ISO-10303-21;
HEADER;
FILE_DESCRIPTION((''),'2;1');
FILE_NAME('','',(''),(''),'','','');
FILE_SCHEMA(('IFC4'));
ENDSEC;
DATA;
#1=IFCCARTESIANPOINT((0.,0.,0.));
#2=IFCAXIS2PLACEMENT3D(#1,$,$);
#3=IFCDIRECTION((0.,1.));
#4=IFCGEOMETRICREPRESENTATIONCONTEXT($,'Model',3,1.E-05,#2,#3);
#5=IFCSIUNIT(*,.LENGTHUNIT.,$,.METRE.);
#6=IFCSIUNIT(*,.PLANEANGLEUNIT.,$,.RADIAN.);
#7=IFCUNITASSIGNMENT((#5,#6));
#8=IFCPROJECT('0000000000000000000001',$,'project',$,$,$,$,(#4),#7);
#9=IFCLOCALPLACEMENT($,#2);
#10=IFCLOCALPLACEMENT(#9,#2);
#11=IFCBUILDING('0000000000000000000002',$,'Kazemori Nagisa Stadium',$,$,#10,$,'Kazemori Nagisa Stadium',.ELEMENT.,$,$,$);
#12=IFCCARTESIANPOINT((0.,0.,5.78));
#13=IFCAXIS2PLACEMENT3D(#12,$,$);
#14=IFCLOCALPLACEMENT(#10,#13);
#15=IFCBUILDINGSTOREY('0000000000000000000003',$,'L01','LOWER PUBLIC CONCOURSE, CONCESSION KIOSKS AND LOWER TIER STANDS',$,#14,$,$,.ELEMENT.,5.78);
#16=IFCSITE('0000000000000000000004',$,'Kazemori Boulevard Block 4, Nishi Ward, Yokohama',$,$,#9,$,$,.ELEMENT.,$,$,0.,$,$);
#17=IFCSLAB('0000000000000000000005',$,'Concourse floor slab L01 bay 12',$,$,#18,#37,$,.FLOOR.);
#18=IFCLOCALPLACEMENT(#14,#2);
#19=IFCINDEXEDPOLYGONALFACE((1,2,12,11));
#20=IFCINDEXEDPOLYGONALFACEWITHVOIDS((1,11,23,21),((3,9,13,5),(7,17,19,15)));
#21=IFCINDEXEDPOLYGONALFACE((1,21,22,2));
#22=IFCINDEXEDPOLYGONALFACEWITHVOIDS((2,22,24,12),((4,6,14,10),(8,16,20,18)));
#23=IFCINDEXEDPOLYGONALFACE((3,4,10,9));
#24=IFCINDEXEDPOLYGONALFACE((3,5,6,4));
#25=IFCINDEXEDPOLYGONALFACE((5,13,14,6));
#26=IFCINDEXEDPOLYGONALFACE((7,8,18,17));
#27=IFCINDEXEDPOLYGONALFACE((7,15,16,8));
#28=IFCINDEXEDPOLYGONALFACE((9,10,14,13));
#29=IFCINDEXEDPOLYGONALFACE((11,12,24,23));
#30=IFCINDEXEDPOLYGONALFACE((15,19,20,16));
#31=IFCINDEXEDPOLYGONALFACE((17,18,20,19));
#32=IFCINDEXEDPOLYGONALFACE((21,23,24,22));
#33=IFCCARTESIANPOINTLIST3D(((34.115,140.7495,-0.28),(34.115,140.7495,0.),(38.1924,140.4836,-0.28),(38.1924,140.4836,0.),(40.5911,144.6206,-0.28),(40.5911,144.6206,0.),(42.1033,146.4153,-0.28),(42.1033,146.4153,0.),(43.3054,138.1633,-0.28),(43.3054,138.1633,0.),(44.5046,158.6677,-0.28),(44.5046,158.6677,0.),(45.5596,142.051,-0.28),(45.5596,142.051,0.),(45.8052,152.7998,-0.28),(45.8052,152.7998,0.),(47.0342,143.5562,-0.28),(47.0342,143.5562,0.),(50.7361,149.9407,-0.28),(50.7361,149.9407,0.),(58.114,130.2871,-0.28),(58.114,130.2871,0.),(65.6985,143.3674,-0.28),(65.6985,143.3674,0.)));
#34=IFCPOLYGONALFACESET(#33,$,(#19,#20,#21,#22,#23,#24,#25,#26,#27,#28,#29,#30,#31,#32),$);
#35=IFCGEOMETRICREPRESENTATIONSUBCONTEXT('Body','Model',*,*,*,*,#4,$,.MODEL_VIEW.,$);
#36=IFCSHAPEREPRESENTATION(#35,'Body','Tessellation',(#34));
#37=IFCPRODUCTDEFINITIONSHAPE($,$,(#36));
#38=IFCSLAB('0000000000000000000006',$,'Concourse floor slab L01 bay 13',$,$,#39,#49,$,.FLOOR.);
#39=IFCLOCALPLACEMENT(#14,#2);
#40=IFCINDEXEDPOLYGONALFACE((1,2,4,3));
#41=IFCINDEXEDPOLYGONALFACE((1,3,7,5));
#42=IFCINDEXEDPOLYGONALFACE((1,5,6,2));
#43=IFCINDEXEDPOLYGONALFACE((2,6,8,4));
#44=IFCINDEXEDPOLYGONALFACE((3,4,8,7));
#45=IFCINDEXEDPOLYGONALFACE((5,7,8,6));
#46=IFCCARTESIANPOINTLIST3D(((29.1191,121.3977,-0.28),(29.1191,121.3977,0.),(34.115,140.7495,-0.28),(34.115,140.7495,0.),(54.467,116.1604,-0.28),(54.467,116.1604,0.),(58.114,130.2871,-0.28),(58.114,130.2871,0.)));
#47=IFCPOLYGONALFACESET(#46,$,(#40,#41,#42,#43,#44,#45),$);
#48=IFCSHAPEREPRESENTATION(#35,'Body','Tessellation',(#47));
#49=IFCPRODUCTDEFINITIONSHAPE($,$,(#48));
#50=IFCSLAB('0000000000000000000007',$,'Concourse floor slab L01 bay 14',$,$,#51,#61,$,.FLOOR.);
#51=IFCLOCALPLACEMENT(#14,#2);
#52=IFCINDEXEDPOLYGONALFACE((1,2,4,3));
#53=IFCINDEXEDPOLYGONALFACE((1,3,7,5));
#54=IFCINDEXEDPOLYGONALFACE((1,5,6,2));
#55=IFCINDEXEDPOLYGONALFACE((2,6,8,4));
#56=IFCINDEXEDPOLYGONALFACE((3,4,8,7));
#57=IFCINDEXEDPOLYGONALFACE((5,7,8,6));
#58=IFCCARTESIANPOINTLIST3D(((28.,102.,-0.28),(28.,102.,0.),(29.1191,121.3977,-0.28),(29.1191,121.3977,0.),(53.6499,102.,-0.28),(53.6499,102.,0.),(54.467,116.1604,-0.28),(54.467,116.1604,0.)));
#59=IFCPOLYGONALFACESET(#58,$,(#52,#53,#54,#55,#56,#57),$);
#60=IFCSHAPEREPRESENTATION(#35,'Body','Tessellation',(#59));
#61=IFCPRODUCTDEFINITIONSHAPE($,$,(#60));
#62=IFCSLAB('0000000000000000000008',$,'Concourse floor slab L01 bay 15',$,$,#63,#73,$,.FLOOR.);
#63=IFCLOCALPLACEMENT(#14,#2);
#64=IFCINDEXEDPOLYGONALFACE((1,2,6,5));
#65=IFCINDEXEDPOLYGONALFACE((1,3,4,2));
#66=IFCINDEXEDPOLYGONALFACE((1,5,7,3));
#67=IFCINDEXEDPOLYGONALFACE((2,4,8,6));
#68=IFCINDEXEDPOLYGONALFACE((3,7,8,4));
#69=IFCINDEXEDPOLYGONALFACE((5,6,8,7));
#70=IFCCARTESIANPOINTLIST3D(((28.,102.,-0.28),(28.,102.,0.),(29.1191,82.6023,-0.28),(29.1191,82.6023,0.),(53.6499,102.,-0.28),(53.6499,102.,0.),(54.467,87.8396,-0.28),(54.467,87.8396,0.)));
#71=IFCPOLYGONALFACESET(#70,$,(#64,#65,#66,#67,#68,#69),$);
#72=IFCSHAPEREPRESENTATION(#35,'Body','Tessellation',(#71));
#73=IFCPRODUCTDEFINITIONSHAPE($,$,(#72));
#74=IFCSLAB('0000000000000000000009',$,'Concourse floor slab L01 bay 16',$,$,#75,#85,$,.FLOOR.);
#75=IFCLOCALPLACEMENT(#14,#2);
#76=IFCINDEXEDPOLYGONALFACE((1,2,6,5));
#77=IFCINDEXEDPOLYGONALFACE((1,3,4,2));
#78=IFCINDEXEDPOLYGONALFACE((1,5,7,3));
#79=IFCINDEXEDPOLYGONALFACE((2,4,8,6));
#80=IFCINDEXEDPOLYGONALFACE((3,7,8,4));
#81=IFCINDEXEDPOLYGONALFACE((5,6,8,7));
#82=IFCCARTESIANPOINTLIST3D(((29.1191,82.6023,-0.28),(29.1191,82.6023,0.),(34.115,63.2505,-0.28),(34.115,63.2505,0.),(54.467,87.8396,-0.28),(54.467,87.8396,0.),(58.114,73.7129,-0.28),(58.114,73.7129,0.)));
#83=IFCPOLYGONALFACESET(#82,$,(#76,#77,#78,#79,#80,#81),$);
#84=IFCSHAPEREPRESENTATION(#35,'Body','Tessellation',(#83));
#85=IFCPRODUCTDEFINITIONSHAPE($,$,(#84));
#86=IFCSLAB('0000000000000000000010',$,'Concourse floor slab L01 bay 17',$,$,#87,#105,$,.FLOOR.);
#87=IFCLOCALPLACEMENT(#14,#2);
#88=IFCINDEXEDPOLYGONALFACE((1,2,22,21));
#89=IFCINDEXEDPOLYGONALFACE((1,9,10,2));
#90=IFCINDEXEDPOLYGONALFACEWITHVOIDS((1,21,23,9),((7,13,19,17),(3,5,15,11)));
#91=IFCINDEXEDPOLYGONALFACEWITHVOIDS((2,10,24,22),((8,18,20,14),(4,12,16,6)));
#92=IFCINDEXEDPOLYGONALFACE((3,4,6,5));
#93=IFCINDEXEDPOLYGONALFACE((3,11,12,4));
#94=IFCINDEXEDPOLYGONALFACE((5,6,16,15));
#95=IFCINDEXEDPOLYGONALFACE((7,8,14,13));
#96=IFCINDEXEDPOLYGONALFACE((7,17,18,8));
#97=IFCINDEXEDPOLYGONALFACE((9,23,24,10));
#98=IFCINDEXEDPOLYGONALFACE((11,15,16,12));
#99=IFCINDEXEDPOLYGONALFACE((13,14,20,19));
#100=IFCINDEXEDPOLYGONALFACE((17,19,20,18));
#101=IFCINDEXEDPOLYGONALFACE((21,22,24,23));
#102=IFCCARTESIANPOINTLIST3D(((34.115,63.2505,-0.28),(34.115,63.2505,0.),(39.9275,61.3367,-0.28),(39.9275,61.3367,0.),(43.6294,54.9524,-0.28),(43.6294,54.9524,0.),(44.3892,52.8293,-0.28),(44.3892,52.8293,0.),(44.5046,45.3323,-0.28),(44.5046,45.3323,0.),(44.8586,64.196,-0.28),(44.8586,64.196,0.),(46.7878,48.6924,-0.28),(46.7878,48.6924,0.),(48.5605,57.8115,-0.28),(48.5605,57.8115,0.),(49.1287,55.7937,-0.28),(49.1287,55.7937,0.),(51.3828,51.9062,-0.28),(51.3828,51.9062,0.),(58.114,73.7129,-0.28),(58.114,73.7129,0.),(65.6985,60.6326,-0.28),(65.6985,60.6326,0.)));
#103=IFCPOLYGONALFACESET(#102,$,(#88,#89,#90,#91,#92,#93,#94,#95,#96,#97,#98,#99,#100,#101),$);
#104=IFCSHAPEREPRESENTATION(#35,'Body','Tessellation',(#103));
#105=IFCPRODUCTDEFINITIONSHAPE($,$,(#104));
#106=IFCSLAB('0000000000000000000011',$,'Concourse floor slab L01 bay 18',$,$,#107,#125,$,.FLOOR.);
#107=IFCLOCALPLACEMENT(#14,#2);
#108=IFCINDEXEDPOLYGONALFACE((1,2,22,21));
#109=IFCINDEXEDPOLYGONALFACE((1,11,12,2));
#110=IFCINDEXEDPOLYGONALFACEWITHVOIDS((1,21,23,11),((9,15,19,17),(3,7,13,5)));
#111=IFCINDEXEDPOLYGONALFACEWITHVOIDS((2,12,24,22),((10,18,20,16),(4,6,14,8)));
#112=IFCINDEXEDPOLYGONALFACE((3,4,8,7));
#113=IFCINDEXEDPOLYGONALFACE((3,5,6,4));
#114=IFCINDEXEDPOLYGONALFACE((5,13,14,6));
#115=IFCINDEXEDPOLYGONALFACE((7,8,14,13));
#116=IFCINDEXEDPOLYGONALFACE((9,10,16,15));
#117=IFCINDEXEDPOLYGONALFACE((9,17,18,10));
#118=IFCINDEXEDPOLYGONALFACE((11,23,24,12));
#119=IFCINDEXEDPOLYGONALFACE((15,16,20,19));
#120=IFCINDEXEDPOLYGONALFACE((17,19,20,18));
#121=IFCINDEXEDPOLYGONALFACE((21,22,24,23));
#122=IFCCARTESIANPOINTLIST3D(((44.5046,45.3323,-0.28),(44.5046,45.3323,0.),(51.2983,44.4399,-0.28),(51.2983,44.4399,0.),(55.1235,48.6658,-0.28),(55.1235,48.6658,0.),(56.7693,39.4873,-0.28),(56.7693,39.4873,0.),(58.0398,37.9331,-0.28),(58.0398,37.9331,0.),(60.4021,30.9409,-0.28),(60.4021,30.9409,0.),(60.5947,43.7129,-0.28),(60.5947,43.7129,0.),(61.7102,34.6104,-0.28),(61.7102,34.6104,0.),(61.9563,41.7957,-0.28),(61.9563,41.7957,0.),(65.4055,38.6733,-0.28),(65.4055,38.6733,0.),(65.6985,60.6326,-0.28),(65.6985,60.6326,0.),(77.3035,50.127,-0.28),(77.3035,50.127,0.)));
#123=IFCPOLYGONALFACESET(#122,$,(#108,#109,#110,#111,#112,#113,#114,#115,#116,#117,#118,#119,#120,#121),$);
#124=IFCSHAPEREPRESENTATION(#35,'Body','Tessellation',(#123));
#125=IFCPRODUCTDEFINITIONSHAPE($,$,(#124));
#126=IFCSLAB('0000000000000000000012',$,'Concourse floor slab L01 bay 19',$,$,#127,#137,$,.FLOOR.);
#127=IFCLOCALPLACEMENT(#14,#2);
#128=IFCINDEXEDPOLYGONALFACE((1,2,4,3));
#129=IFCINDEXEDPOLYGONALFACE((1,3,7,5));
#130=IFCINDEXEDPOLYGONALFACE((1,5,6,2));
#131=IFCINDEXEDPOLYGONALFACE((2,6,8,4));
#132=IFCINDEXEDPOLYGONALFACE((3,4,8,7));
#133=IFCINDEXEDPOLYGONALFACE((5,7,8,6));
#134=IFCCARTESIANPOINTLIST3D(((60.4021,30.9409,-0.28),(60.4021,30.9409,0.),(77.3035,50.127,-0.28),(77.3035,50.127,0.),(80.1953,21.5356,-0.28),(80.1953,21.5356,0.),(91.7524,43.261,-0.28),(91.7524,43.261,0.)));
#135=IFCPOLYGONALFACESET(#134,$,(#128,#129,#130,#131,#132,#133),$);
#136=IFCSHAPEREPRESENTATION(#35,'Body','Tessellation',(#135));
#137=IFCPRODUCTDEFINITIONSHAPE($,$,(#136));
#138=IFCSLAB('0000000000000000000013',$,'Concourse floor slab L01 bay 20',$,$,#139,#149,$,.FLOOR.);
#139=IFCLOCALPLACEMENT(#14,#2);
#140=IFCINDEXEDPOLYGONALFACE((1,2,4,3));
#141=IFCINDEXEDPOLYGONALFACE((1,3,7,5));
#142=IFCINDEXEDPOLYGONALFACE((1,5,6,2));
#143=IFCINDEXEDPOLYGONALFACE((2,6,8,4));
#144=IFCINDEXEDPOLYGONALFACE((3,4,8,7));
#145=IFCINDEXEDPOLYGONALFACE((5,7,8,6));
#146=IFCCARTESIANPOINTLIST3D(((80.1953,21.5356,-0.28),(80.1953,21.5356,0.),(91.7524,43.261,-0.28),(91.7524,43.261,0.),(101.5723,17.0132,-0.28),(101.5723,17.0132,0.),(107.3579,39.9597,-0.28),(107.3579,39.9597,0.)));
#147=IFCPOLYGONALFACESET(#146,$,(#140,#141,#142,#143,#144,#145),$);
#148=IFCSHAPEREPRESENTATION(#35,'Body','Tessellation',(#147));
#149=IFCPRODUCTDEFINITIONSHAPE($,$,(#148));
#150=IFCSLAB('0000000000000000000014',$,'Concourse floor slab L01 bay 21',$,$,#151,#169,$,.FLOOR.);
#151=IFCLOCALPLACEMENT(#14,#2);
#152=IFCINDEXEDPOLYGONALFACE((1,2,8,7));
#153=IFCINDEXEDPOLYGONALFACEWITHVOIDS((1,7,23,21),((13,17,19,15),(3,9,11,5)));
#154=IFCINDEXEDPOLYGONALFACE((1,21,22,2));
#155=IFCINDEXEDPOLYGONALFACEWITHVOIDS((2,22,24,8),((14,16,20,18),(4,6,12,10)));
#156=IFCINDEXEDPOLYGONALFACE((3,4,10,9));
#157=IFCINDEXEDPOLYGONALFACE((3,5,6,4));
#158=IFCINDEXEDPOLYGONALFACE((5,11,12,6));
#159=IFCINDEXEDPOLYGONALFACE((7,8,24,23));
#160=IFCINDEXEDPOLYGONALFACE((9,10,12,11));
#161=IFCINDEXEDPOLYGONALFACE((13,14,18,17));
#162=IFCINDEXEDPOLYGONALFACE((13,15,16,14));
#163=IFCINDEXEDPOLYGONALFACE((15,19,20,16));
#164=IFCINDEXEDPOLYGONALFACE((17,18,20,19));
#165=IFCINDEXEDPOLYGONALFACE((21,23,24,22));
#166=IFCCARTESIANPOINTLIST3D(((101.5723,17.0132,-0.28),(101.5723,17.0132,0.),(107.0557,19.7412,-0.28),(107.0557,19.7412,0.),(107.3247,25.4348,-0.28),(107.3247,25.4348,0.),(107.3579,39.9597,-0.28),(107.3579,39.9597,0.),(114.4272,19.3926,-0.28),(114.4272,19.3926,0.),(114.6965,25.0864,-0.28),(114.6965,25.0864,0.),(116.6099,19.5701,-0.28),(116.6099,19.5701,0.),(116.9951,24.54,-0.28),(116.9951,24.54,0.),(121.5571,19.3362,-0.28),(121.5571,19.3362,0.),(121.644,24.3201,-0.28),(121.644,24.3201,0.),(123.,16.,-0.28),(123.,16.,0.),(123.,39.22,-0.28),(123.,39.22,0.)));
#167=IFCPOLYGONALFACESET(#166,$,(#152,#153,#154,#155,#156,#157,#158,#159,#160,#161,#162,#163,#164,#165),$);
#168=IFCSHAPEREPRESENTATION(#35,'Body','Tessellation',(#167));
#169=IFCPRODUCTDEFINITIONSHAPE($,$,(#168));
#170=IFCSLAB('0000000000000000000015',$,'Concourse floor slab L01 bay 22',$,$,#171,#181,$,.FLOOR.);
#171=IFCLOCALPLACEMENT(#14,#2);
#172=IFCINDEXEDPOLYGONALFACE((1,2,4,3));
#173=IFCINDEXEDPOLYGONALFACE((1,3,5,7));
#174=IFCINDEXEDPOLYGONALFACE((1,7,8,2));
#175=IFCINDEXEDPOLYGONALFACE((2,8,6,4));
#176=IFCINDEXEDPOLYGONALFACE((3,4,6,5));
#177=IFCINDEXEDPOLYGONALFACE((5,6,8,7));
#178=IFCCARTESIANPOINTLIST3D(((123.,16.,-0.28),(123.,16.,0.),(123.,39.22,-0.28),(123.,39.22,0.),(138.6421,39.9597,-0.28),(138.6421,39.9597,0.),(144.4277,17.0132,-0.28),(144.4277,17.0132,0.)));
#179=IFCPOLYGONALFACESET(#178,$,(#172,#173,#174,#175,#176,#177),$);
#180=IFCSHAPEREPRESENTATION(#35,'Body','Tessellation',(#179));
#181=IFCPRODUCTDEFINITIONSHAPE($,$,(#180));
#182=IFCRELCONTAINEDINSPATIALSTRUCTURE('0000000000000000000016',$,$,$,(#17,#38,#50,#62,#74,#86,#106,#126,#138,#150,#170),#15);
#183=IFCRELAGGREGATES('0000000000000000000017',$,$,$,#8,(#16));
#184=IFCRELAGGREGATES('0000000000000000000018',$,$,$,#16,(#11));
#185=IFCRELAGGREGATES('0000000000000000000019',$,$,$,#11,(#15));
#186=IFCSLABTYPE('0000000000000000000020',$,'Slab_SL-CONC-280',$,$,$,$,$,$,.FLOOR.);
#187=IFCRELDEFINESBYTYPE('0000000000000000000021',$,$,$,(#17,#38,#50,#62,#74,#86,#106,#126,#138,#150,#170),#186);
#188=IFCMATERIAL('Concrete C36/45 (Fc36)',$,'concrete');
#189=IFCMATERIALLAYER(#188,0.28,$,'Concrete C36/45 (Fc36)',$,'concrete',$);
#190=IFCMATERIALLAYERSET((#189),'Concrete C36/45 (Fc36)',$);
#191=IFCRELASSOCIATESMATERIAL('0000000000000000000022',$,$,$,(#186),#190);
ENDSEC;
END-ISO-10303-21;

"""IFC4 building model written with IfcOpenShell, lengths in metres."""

from ifc_helpers import new_model, si_unit, direction, frame, origin, place, context, subcontext, project, spatial, polyline, outline, extrude, material, layer, layer_set, type_object, element, save


model = new_model("IFC4")

# Units and contexts
model_context = context("Model", 3, precision=1e-05, world=origin(), true_north=direction((0.0, 1.0)))
body_context = subcontext(model_context, "Body", "Model", "MODEL_VIEW")
ifc_project = project(units=[si_unit("LENGTHUNIT", "METRE"), si_unit("PLANEANGLEUNIT", "RADIAN")], contexts=[model_context])

# Site, building, storey
site_placement = place(None, origin())
site = spatial("IfcSite", under=ifc_project, at=site_placement, Name="Kazemori Boulevard Block 4, Nishi Ward, Yokohama", CompositionType="ELEMENT", RefElevation=0.0)
building_placement = place(site_placement, origin())
building = spatial("IfcBuilding", under=site, at=building_placement, Name="Kazemori Nagisa Stadium", LongName="Kazemori Nagisa Stadium", CompositionType="ELEMENT")
storey_placement = place(building_placement, frame((0.0, 0.0, 5.78)))
storey = spatial("IfcBuildingStorey", under=building, at=storey_placement, Name="L01", Description="LOWER PUBLIC CONCOURSE, CONCESSION KIOSKS AND LOWER TIER STANDS", CompositionType="ELEMENT", Elevation=5.78)

# Slabs
ifc_material = material(Name="Concrete C36/45 (Fc36)", Category="concrete")
ifc_layer_1 = layer(ifc_material, 0.28, Name="Concrete C36/45 (Fc36)", Category="concrete")
ifc_layer_set_1 = layer_set([ifc_layer_1], Name="Concrete C36/45 (Fc36)")
slab_type_1 = type_object("IfcSlabType", Name="Slab_SL-CONC-280", PredefinedType="FLOOR", material=ifc_layer_set_1)
slab_1_placement = place(storey_placement, frame((0.0, 0.0, -0.28)))
element("IfcSlab", 1, at=slab_1_placement, inside=storey, type_object=slab_type_1, Name="Concourse floor slab L01 bay 12", PredefinedType="FLOOR", context=body_context, shape_type="SweptSolid", body=[
    extrude(outline(polyline([(65.6985, 143.3674), (58.114, 130.2871), (34.115, 140.7495), (44.5046, 158.6677), (65.6985, 143.3674)]), holes=[polyline([(50.7361, 149.9407), (47.0342, 143.5562), (42.1033, 146.4153), (45.8052, 152.7998), (50.7361, 149.9407)]), polyline([(45.5596, 142.051), (43.3054, 138.1633), (38.1924, 140.4836), (40.5911, 144.6206), (45.5596, 142.051)])]), origin(), (0.0, 0.0, 1.0), 0.28),
])
slab_2_placement = place(storey_placement, frame((0.0, 0.0, -0.28)))
element("IfcSlab", 2, at=slab_2_placement, inside=storey, type_object=slab_type_1, Name="Concourse floor slab L01 bay 13", PredefinedType="FLOOR", context=body_context, shape_type="SweptSolid", body=[
    extrude(outline(polyline([(58.114, 130.2871), (54.467, 116.1604), (29.1191, 121.3977), (34.115, 140.7495), (58.114, 130.2871)])), origin(), (0.0, 0.0, 1.0), 0.28),
])
slab_3_placement = place(storey_placement, frame((0.0, 0.0, -0.28)))
element("IfcSlab", 3, at=slab_3_placement, inside=storey, type_object=slab_type_1, Name="Concourse floor slab L01 bay 14", PredefinedType="FLOOR", context=body_context, shape_type="SweptSolid", body=[
    extrude(outline(polyline([(54.467, 116.1604), (53.6499, 102.0), (28.0, 102.0), (29.1191, 121.3977), (54.467, 116.1604)])), origin(), (0.0, 0.0, 1.0), 0.28),
])
slab_4_placement = place(storey_placement, frame((0.0, 0.0, -0.28)))
element("IfcSlab", 4, at=slab_4_placement, inside=storey, type_object=slab_type_1, Name="Concourse floor slab L01 bay 15", PredefinedType="FLOOR", context=body_context, shape_type="SweptSolid", body=[
    extrude(outline(polyline([(53.6499, 102.0), (54.467, 87.8396), (29.1191, 82.6023), (28.0, 102.0), (53.6499, 102.0)])), origin(), (0.0, 0.0, 1.0), 0.28),
])
slab_5_placement = place(storey_placement, frame((0.0, 0.0, -0.28)))
element("IfcSlab", 5, at=slab_5_placement, inside=storey, type_object=slab_type_1, Name="Concourse floor slab L01 bay 16", PredefinedType="FLOOR", context=body_context, shape_type="SweptSolid", body=[
    extrude(outline(polyline([(54.467, 87.8396), (58.114, 73.7129), (34.115, 63.2505), (29.1191, 82.6023), (54.467, 87.8396)])), origin(), (0.0, 0.0, 1.0), 0.28),
])
slab_6_placement = place(storey_placement, frame((0.0, 0.0, -0.28)))
element("IfcSlab", 6, at=slab_6_placement, inside=storey, type_object=slab_type_1, Name="Concourse floor slab L01 bay 17", PredefinedType="FLOOR", context=body_context, shape_type="SweptSolid", body=[
    extrude(outline(polyline([(58.114, 73.7129), (65.6985, 60.6326), (44.5046, 45.3323), (34.115, 63.2505), (58.114, 73.7129)]), holes=[polyline([(44.8586, 64.196), (48.5605, 57.8115), (43.6294, 54.9524), (39.9275, 61.3367), (44.8586, 64.196)]), polyline([(49.1287, 55.7937), (51.3828, 51.9062), (46.7878, 48.6924), (44.3892, 52.8293), (49.1287, 55.7937)])]), origin(), (0.0, 0.0, 1.0), 0.28),
])
slab_7_placement = place(storey_placement, frame((0.0, 0.0, -0.28)))
element("IfcSlab", 7, at=slab_7_placement, inside=storey, type_object=slab_type_1, Name="Concourse floor slab L01 bay 18", PredefinedType="FLOOR", context=body_context, shape_type="SweptSolid", body=[
    extrude(outline(polyline([(65.6985, 60.6326), (77.3035, 50.127), (60.4021, 30.9409), (44.5046, 45.3323), (65.6985, 60.6326)]), holes=[polyline([(55.1235, 48.6658), (60.5947, 43.7129), (56.7693, 39.4873), (51.2983, 44.4399), (55.1235, 48.6658)]), polyline([(61.9563, 41.7957), (65.4055, 38.6733), (61.7102, 34.6104), (58.0398, 37.9331), (61.9563, 41.7957)])]), origin(), (0.0, 0.0, 1.0), 0.28),
])
slab_8_placement = place(storey_placement, frame((0.0, 0.0, -0.28)))
element("IfcSlab", 8, at=slab_8_placement, inside=storey, type_object=slab_type_1, Name="Concourse floor slab L01 bay 19", PredefinedType="FLOOR", context=body_context, shape_type="SweptSolid", body=[
    extrude(outline(polyline([(77.3035, 50.127), (91.7524, 43.261), (80.1953, 21.5356), (60.4021, 30.9409), (77.3035, 50.127)])), origin(), (0.0, 0.0, 1.0), 0.28),
])
slab_9_placement = place(storey_placement, frame((0.0, 0.0, -0.28)))
element("IfcSlab", 9, at=slab_9_placement, inside=storey, type_object=slab_type_1, Name="Concourse floor slab L01 bay 20", PredefinedType="FLOOR", context=body_context, shape_type="SweptSolid", body=[
    extrude(outline(polyline([(91.7524, 43.261), (107.3579, 39.9597), (101.5723, 17.0132), (80.1953, 21.5356), (91.7524, 43.261)])), origin(), (0.0, 0.0, 1.0), 0.28),
])
slab_10_placement = place(storey_placement, frame((0.0, 0.0, -0.28)))
element("IfcSlab", 10, at=slab_10_placement, inside=storey, type_object=slab_type_1, Name="Concourse floor slab L01 bay 21", PredefinedType="FLOOR", context=body_context, shape_type="SweptSolid", body=[
    extrude(outline(polyline([(107.3579, 39.9597), (123.0, 39.22), (123.0, 16.0), (101.5723, 17.0132), (107.3579, 39.9597)]), holes=[polyline([(107.3247, 25.4348), (114.6965, 25.0864), (114.4272, 19.3926), (107.0557, 19.7412), (107.3247, 25.4348)]), polyline([(116.9951, 24.54), (121.644, 24.3201), (121.5571, 19.3362), (116.6099, 19.5701), (116.9951, 24.54)])]), origin(), (0.0, 0.0, 1.0), 0.28),
])
slab_11_placement = place(storey_placement, frame((0.0, 0.0, -0.28)))
element("IfcSlab", 11, at=slab_11_placement, inside=storey, type_object=slab_type_1, Name="Concourse floor slab L01 bay 22", PredefinedType="FLOOR", context=body_context, shape_type="SweptSolid", body=[
    extrude(outline(polyline([(123.0, 39.22), (138.6421, 39.9597), (144.4277, 17.0132), (123.0, 16.0), (123.0, 39.22)])), origin(), (0.0, 0.0, 1.0), 0.28),
])

save(model, "model.ifc")
